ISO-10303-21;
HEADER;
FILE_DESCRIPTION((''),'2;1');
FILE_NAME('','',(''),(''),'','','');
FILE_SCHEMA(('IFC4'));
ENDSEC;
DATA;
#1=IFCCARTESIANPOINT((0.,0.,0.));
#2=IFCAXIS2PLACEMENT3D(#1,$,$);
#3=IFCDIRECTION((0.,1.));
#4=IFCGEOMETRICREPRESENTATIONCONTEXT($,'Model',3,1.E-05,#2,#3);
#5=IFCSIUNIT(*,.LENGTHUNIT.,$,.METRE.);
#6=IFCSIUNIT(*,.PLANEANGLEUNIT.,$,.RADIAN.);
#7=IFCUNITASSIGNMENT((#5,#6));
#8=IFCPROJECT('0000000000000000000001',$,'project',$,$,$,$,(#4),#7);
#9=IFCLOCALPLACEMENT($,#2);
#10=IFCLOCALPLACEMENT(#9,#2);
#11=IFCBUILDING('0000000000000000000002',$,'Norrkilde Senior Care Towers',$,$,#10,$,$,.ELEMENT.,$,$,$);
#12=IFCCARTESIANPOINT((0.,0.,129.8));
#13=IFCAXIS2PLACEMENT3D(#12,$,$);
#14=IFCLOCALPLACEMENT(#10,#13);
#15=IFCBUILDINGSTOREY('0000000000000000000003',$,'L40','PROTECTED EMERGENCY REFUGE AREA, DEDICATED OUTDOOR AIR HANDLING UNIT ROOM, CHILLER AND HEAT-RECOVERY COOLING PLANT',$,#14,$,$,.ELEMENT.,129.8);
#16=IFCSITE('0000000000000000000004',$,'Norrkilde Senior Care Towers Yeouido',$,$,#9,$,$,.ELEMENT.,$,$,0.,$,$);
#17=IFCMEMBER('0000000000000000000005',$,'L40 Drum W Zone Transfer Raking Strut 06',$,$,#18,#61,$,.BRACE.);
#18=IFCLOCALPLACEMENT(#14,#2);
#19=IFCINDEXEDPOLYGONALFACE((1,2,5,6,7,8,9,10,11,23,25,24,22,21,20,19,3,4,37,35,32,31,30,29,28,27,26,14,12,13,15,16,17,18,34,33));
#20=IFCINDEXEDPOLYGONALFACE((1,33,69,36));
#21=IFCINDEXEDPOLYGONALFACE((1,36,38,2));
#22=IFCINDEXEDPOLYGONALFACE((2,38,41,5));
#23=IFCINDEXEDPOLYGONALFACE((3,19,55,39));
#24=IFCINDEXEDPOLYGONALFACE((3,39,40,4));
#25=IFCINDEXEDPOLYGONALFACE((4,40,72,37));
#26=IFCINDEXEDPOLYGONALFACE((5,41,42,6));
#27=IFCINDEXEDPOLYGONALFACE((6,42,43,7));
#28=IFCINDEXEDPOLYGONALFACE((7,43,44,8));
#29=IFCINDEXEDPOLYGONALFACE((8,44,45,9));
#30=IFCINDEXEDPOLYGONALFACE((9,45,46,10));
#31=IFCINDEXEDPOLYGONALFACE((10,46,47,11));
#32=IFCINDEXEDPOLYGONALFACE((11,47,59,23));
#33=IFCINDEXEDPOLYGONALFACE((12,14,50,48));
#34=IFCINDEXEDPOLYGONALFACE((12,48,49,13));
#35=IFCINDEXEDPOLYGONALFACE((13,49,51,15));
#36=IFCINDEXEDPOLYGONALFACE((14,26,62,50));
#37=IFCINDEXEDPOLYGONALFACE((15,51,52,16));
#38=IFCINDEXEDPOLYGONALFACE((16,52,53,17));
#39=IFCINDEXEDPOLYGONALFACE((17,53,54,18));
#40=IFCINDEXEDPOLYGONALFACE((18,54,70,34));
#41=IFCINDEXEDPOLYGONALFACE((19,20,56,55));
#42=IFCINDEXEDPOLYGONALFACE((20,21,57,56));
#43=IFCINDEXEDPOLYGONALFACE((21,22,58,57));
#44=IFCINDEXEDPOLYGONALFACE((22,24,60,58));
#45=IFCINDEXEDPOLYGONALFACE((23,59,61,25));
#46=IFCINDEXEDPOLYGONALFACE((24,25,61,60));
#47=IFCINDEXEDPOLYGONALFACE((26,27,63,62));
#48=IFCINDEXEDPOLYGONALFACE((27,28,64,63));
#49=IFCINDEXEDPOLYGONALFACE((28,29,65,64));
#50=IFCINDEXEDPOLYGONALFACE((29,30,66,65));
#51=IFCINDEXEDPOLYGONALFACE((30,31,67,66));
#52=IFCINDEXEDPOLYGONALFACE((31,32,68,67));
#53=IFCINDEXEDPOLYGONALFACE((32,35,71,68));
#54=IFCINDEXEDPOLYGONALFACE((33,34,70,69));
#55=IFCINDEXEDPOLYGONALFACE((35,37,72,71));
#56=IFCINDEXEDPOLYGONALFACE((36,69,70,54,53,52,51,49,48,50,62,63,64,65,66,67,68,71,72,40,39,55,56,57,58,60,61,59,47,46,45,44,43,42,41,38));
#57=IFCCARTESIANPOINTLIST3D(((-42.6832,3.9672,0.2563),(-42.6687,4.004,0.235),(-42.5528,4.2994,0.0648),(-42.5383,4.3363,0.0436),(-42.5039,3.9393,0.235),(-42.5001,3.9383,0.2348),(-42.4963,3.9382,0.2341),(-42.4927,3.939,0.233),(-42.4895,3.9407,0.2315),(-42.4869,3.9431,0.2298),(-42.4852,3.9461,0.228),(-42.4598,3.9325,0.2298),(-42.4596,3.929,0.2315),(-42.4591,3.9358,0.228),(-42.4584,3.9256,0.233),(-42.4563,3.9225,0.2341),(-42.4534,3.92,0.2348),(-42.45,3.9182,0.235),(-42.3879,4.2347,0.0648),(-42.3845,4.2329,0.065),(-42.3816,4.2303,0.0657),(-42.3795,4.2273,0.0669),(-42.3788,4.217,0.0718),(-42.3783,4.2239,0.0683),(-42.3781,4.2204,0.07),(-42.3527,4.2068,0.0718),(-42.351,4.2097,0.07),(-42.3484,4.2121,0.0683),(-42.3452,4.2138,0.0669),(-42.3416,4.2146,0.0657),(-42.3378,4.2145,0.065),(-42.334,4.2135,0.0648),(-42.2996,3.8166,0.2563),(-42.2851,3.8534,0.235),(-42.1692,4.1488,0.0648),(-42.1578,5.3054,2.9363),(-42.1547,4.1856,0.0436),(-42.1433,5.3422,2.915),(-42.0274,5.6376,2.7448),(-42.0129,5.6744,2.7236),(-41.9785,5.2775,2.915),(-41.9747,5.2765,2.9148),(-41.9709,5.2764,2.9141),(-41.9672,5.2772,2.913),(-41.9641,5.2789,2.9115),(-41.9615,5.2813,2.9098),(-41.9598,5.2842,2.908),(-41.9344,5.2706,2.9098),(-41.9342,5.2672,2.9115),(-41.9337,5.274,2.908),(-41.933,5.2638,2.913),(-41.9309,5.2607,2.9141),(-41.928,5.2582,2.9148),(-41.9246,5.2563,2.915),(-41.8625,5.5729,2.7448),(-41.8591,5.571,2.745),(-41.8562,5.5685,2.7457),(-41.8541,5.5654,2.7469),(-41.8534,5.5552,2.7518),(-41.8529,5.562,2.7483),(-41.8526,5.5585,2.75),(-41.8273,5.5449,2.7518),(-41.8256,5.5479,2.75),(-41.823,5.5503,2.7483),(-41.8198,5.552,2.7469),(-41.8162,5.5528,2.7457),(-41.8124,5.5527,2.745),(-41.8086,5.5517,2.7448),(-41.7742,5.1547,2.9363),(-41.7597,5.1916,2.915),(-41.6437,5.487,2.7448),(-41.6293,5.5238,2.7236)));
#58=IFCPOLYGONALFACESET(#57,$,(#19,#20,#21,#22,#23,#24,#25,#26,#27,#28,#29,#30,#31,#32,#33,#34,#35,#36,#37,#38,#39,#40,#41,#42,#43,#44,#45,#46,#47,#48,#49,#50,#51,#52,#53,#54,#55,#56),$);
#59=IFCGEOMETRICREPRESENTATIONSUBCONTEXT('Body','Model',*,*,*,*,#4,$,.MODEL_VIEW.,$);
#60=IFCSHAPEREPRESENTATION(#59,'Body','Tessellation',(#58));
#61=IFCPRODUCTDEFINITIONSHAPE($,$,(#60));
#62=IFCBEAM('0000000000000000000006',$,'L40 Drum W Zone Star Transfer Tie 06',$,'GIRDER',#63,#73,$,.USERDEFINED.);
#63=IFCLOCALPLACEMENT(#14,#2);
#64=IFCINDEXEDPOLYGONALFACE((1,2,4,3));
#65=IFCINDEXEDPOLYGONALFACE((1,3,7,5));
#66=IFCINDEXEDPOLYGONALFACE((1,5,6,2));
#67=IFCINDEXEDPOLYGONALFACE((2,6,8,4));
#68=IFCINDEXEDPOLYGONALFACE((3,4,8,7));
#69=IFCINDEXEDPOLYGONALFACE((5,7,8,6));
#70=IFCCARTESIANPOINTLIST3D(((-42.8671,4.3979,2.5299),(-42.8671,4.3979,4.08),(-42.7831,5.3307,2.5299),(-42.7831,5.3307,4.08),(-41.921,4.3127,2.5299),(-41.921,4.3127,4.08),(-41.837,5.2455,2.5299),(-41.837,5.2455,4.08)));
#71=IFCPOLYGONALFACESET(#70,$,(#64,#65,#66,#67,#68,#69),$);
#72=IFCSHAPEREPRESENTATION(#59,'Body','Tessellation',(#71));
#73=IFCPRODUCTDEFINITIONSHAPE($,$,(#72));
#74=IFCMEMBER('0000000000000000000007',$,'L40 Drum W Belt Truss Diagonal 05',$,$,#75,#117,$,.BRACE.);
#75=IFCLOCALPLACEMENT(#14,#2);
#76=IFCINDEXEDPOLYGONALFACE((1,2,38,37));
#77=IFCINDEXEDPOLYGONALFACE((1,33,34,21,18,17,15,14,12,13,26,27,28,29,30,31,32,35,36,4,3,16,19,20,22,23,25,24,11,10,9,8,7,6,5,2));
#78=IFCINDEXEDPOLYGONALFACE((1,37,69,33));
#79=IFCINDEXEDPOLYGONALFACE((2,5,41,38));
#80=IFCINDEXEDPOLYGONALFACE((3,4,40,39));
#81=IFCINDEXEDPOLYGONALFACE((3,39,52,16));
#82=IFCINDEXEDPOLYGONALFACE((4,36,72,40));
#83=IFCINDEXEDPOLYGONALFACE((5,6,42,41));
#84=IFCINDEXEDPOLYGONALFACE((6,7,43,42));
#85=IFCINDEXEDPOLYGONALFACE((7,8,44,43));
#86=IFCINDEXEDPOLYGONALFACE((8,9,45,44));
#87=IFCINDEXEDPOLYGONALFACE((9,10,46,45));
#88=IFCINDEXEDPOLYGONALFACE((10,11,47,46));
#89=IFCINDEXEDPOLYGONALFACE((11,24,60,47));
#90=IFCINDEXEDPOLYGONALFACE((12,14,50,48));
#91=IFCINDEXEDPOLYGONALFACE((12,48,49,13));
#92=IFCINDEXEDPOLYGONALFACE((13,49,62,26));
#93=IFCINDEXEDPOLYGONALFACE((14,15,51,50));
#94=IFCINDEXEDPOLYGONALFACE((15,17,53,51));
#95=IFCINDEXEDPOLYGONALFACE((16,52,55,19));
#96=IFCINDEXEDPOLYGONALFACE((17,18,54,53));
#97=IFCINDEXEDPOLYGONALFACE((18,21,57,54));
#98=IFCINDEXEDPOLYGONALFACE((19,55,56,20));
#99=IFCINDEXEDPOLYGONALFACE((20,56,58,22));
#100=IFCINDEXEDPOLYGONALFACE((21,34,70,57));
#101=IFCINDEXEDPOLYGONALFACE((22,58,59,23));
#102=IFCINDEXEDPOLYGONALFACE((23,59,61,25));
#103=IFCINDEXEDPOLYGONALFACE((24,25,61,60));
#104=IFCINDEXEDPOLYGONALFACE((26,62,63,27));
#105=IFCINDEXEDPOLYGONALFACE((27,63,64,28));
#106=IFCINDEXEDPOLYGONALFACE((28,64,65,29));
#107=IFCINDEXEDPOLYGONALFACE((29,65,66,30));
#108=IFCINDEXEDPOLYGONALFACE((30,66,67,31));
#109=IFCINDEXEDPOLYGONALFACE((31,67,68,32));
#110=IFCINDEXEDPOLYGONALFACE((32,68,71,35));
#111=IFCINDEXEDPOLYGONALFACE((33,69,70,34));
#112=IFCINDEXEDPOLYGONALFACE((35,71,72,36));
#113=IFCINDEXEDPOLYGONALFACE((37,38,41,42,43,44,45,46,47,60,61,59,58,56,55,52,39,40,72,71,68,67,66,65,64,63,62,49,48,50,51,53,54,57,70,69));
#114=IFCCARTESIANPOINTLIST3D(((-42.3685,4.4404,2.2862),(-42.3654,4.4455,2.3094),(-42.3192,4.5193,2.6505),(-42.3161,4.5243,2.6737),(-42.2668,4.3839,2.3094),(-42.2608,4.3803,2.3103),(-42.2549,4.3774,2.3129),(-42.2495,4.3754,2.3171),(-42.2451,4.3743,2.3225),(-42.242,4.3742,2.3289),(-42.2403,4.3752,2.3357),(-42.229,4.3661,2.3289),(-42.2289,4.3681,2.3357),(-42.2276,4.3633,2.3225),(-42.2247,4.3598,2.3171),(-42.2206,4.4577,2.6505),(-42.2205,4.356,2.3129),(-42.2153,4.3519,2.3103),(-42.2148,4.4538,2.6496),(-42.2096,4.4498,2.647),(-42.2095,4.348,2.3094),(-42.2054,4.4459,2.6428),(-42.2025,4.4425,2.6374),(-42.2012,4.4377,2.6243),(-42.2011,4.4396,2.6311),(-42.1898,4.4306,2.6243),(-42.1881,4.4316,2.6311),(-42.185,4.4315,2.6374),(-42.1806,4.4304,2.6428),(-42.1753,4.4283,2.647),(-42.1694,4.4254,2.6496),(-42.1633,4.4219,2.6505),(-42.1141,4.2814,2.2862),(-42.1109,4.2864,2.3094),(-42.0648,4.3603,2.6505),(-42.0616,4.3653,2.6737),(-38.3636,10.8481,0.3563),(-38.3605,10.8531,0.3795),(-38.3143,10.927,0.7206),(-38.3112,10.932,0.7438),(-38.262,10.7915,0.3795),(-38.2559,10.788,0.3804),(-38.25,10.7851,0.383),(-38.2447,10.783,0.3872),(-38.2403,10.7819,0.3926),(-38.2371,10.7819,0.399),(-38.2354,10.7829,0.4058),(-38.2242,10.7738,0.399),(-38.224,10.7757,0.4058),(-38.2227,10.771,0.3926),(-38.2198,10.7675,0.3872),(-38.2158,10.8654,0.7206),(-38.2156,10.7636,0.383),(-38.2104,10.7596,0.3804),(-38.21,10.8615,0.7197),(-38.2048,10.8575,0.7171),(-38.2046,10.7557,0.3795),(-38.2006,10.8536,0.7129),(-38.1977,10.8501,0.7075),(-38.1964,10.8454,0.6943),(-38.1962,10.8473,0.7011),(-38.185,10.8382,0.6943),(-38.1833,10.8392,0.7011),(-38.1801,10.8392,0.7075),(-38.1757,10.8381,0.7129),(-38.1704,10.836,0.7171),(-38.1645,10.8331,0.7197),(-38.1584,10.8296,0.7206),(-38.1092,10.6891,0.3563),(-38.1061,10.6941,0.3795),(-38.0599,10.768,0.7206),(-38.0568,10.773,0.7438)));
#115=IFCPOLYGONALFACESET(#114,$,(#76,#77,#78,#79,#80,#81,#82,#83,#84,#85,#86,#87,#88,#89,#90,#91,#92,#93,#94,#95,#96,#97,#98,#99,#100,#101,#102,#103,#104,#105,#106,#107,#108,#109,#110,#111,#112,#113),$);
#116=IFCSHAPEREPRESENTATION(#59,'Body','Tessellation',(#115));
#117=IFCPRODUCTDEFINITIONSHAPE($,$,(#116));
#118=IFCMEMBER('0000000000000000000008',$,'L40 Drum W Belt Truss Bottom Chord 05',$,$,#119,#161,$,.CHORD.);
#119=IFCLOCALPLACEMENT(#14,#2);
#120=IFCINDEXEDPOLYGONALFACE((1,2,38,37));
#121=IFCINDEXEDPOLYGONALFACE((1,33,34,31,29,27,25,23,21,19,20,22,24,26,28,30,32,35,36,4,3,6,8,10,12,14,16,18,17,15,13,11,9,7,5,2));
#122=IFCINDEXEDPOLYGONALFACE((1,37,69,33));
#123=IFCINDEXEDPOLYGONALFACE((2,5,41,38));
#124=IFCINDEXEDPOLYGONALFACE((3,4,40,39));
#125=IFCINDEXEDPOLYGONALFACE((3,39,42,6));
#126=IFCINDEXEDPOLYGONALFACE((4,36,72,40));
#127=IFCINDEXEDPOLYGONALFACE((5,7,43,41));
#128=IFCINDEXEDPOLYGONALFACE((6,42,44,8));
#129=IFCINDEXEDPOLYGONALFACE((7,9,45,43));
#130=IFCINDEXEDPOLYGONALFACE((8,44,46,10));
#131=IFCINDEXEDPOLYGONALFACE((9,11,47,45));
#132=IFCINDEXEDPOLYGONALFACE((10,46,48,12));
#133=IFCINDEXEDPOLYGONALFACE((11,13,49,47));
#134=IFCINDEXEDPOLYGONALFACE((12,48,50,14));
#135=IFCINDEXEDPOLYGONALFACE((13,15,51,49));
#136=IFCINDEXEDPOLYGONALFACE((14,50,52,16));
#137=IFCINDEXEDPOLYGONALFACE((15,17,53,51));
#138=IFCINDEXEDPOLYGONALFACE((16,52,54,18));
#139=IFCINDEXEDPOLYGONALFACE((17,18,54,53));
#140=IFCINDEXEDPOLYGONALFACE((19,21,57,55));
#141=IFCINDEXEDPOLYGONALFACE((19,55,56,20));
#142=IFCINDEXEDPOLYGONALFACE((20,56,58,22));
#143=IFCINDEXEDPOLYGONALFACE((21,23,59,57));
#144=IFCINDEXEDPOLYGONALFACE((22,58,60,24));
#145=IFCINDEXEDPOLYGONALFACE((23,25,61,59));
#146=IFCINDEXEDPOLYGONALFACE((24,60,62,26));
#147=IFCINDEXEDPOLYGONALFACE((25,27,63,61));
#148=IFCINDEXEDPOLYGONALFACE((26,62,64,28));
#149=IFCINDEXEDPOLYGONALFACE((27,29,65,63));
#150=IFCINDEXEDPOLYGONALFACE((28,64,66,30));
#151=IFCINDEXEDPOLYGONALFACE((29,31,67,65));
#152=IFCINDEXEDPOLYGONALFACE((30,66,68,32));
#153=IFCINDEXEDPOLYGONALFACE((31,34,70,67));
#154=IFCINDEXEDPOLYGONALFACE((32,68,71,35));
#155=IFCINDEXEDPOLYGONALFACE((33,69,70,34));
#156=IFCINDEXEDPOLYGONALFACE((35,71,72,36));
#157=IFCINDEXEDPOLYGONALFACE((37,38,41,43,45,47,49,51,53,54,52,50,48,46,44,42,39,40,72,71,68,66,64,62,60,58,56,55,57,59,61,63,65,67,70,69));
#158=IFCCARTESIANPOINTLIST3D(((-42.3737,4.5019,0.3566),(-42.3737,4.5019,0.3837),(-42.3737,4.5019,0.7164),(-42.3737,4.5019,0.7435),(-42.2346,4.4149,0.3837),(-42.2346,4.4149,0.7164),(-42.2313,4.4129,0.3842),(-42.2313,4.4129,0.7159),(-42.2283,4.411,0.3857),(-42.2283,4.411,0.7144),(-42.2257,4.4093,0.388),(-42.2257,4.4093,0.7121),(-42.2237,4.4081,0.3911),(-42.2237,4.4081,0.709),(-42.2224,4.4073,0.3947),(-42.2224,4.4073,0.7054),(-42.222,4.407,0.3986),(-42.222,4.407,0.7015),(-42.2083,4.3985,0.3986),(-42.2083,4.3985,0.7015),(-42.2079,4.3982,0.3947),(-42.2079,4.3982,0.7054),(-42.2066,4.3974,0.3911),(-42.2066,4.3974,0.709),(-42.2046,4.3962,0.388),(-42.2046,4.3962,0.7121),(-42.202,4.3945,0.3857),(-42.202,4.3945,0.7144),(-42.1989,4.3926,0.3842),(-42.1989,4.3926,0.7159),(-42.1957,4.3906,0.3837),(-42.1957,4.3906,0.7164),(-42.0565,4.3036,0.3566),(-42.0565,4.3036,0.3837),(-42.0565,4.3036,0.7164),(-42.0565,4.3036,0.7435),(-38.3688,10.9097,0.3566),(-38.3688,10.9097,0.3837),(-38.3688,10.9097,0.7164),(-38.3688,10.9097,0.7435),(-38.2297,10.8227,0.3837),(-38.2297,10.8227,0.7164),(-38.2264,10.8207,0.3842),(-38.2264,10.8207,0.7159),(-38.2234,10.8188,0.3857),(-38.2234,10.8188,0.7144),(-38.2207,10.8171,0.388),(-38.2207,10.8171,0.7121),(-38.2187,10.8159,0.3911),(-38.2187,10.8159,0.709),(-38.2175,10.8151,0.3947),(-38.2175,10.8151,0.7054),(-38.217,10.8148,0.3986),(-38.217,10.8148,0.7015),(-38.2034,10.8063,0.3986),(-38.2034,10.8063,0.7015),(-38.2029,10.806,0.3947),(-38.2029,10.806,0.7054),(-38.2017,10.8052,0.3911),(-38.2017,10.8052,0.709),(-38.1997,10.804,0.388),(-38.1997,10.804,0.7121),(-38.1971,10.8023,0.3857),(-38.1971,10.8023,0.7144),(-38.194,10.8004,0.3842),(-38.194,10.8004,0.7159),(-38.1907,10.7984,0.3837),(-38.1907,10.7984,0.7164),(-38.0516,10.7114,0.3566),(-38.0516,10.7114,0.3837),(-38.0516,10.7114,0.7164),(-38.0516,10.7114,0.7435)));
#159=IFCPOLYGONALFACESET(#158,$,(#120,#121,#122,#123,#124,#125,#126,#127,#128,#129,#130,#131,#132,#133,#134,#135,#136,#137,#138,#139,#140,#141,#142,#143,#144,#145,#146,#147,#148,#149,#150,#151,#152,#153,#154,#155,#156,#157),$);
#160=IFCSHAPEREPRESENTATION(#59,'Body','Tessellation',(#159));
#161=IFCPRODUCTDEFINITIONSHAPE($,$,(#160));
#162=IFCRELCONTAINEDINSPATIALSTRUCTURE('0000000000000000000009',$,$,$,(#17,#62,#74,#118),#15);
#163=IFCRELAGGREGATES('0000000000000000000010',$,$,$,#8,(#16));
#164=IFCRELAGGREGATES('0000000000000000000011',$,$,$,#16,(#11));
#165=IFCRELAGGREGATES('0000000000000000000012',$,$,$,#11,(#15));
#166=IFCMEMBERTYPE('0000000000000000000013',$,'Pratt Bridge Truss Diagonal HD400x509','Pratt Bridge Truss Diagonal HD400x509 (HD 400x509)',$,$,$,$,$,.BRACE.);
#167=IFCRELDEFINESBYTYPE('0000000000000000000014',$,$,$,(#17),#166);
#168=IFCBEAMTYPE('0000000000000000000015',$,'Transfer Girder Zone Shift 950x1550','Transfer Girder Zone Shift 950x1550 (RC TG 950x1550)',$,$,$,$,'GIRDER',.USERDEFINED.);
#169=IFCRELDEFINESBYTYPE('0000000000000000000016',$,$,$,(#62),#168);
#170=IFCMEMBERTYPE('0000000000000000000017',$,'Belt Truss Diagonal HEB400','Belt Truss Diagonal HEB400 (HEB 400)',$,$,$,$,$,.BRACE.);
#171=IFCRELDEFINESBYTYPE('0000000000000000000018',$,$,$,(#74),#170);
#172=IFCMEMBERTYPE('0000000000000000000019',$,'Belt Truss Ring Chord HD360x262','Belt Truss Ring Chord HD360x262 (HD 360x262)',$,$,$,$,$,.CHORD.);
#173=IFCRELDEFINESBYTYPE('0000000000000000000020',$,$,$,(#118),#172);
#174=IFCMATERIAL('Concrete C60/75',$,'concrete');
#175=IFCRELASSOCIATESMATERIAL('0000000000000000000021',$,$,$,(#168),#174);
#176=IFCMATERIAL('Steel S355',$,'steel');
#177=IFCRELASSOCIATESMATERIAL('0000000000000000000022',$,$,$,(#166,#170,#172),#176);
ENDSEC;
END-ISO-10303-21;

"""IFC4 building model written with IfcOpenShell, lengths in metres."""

from ifc_helpers import new_model, si_unit, direction, frame, origin, origin_2d, place, context, subcontext, project, spatial, rectangle, i_section, extrude, source, transform, mapped, material, material_profile, profile_set, type_object, element, save


model = new_model("IFC4")

# Units and contexts
model_context = context("Model", 3, precision=1e-05, world=origin(), true_north=direction((0.0, 1.0)))
body_context = subcontext(model_context, "Body", "Model", "MODEL_VIEW")
ifc_project = project(units=[si_unit("LENGTHUNIT", "METRE"), si_unit("PLANEANGLEUNIT", "RADIAN")], contexts=[model_context])

# Site, building, storey
site_placement = place(None, origin())
site = spatial("IfcSite", under=ifc_project, at=site_placement, Name="Norrkilde Senior Care Towers Yeouido", CompositionType="ELEMENT", RefElevation=0.0)
building_placement = place(site_placement, origin())
building = spatial("IfcBuilding", under=site, at=building_placement, Name="Norrkilde Senior Care Towers", CompositionType="ELEMENT")
storey_placement = place(building_placement, frame((0.0, 0.0, 129.8)))
storey = spatial("IfcBuildingStorey", under=building, at=storey_placement, Name="L40", Description="PROTECTED EMERGENCY REFUGE AREA, DEDICATED OUTDOOR AIR HANDLING UNIT ROOM, CHILLER AND HEAT-RECOVERY COOLING PLANT", CompositionType="ELEMENT", Elevation=129.8)

# Shared definitions
ifc_material_1 = material(Name="Concrete C60/75", Category="concrete")

# Shared definitions
ifc_material_profile_1 = material_profile(ifc_material_1, rectangle(XDim=0.95, YDim=1.55, at=origin_2d()), Name="RC TG 950x1550")
ifc_profile_set_1 = profile_set([ifc_material_profile_1], Name="Concrete C60/75")
beam_type = type_object("IfcBeamType", Name="Transfer Girder Zone Shift 950x1550", Description="Transfer Girder Zone Shift 950x1550 (RC TG 950x1550)", ElementType="GIRDER", PredefinedType="USERDEFINED", material=ifc_profile_set_1)

# Member
ifc_material_2 = material(Name="Steel S355", Category="steel")
ifc_material_profile_2 = material_profile(ifc_material_2, i_section(OverallWidth=0.4121, OverallDepth=0.45, WebThickness=0.0281, FlangeThickness=0.0449, FilletRadius=0.0149, at=origin_2d()), Name="HD 400x509")
ifc_profile_set_2 = profile_set([ifc_material_profile_2], Name="Steel S355")
member_type_1 = type_object("IfcMemberType", Name="Pratt Bridge Truss Diagonal HD400x509", Description="Pratt Bridge Truss Diagonal HD400x509 (HD 400x509)", PredefinedType="BRACE", material=ifc_profile_set_2)
shared_shape_1 = source(origin(), body_context, "Body", "SweptSolid", [
    extrude(i_section(OverallWidth=0.4121, OverallDepth=0.45, WebThickness=0.0281, FlangeThickness=0.0449, FilletRadius=0.0149, at=origin_2d()), origin(), (0.0, 0.0, 1.0), 3.0413),
])
member_1_placement = place(storey_placement, frame((-42.4189, 4.0764, 0.1499), z_axis=(0.17276, 0.440008, 0.881219), x_axis=(-0.930824, 0.365468, 0.0)))
element("IfcMember", 1, at=member_1_placement, inside=storey, type_object=member_type_1, Name="L40 Drum W Zone Transfer Raking Strut 06", PredefinedType="BRACE", context=body_context, shape_type="MappedRepresentation", body=[
    mapped(shared_shape_1, transform((0.0, 0.0, 0.0), x_axis=(1.0, 0.0, 0.0), y_axis=(0.0, 1.0, 0.0), z_axis=(0.0, 0.0, 1.0), scale=1.0)),
])

# Beam
shared_shape_2 = source(origin(), body_context, "Body", "SweptSolid", [
    extrude(rectangle(XDim=0.95, YDim=1.55, at=origin_2d()), origin(), (0.0, 0.0, 1.0), 0.9365),
])
beam_1_placement = place(storey_placement, frame((-42.3101, 5.2881, 3.3049), z_axis=(-0.089666, -0.995972, 0.0), x_axis=(0.995972, -0.089666, 0.0)))
element("IfcBeam", 2, at=beam_1_placement, inside=storey, type_object=beam_type, Name="L40 Drum W Zone Star Transfer Tie 06", ObjectType="GIRDER", PredefinedType="USERDEFINED", context=body_context, shape_type="MappedRepresentation", body=[
    mapped(shared_shape_2, transform((0.0, 0.0, 0.0), x_axis=(1.0, 0.0, 0.0), y_axis=(0.0, 1.0, 0.0), z_axis=(0.0, 0.0, 1.0), scale=1.0)),
])

# Members
ifc_material_profile_3 = material_profile(ifc_material_2, i_section(OverallWidth=0.3, OverallDepth=0.3999, WebThickness=0.0134, FlangeThickness=0.0239, FilletRadius=0.0271, at=origin_2d()), Name="HEB 400")
ifc_profile_set_3 = profile_set([ifc_material_profile_3], Name="Steel S355")
member_type_2 = type_object("IfcMemberType", Name="Belt Truss Diagonal HEB400", Description="Belt Truss Diagonal HEB400 (HEB 400)", PredefinedType="BRACE", material=ifc_profile_set_3)
shared_shape_3 = source(origin(), body_context, "Body", "SweptSolid", [
    extrude(i_section(OverallWidth=0.3, OverallDepth=0.3999, WebThickness=0.0134, FlangeThickness=0.0239, FilletRadius=0.0271, at=origin_2d()), origin(), (0.0, 0.0, 1.0), 7.7988),
])
member_2_placement = place(storey_placement, frame((-38.2102, 10.8105, 0.55), z_axis=(-0.51352, -0.82162, 0.247463), x_axis=(0.847995, -0.530005, 0.0)))
element("IfcMember", 3, at=member_2_placement, inside=storey, type_object=member_type_2, Name="L40 Drum W Belt Truss Diagonal 05", PredefinedType="BRACE", context=body_context, shape_type="MappedRepresentation", body=[
    mapped(shared_shape_3, transform((0.0, 0.0, 0.0), x_axis=(1.0, 0.0, 0.0), y_axis=(0.0, 1.0, 0.0), z_axis=(0.0, 0.0, 1.0), scale=1.0)),
])
ifc_material_profile_4 = material_profile(ifc_material_2, i_section(OverallWidth=0.374, OverallDepth=0.387, WebThickness=0.0161, FlangeThickness=0.0271, FilletRadius=0.0149, at=origin_2d()), Name="HD 360x262")
ifc_profile_set_4 = profile_set([ifc_material_profile_4], Name="Steel S355")
member_type_3 = type_object("IfcMemberType", Name="Belt Truss Ring Chord HD360x262", Description="Belt Truss Ring Chord HD360x262 (HD 360x262)", PredefinedType="CHORD", material=ifc_profile_set_4)
shared_shape_4 = source(origin(), body_context, "Body", "SweptSolid", [
    extrude(i_section(OverallWidth=0.374, OverallDepth=0.387, WebThickness=0.0161, FlangeThickness=0.0271, FilletRadius=0.0149, at=origin_2d()), origin(), (0.0, 0.0, 1.0), 7.5564),
])
member_3_placement = place(storey_placement, frame((-38.2102, 10.8105, 0.55), z_axis=(-0.530005, -0.847995, 0.0), x_axis=(0.847995, -0.530005, 0.0)))
element("IfcMember", 4, at=member_3_placement, inside=storey, type_object=member_type_3, Name="L40 Drum W Belt Truss Bottom Chord 05", PredefinedType="CHORD", context=body_context, shape_type="MappedRepresentation", body=[
    mapped(shared_shape_4, transform((0.0, 0.0, 0.0), x_axis=(1.0, 0.0, 0.0), y_axis=(0.0, 1.0, 0.0), z_axis=(0.0, 0.0, 1.0), scale=1.0)),
])

save(model, "model.ifc")
